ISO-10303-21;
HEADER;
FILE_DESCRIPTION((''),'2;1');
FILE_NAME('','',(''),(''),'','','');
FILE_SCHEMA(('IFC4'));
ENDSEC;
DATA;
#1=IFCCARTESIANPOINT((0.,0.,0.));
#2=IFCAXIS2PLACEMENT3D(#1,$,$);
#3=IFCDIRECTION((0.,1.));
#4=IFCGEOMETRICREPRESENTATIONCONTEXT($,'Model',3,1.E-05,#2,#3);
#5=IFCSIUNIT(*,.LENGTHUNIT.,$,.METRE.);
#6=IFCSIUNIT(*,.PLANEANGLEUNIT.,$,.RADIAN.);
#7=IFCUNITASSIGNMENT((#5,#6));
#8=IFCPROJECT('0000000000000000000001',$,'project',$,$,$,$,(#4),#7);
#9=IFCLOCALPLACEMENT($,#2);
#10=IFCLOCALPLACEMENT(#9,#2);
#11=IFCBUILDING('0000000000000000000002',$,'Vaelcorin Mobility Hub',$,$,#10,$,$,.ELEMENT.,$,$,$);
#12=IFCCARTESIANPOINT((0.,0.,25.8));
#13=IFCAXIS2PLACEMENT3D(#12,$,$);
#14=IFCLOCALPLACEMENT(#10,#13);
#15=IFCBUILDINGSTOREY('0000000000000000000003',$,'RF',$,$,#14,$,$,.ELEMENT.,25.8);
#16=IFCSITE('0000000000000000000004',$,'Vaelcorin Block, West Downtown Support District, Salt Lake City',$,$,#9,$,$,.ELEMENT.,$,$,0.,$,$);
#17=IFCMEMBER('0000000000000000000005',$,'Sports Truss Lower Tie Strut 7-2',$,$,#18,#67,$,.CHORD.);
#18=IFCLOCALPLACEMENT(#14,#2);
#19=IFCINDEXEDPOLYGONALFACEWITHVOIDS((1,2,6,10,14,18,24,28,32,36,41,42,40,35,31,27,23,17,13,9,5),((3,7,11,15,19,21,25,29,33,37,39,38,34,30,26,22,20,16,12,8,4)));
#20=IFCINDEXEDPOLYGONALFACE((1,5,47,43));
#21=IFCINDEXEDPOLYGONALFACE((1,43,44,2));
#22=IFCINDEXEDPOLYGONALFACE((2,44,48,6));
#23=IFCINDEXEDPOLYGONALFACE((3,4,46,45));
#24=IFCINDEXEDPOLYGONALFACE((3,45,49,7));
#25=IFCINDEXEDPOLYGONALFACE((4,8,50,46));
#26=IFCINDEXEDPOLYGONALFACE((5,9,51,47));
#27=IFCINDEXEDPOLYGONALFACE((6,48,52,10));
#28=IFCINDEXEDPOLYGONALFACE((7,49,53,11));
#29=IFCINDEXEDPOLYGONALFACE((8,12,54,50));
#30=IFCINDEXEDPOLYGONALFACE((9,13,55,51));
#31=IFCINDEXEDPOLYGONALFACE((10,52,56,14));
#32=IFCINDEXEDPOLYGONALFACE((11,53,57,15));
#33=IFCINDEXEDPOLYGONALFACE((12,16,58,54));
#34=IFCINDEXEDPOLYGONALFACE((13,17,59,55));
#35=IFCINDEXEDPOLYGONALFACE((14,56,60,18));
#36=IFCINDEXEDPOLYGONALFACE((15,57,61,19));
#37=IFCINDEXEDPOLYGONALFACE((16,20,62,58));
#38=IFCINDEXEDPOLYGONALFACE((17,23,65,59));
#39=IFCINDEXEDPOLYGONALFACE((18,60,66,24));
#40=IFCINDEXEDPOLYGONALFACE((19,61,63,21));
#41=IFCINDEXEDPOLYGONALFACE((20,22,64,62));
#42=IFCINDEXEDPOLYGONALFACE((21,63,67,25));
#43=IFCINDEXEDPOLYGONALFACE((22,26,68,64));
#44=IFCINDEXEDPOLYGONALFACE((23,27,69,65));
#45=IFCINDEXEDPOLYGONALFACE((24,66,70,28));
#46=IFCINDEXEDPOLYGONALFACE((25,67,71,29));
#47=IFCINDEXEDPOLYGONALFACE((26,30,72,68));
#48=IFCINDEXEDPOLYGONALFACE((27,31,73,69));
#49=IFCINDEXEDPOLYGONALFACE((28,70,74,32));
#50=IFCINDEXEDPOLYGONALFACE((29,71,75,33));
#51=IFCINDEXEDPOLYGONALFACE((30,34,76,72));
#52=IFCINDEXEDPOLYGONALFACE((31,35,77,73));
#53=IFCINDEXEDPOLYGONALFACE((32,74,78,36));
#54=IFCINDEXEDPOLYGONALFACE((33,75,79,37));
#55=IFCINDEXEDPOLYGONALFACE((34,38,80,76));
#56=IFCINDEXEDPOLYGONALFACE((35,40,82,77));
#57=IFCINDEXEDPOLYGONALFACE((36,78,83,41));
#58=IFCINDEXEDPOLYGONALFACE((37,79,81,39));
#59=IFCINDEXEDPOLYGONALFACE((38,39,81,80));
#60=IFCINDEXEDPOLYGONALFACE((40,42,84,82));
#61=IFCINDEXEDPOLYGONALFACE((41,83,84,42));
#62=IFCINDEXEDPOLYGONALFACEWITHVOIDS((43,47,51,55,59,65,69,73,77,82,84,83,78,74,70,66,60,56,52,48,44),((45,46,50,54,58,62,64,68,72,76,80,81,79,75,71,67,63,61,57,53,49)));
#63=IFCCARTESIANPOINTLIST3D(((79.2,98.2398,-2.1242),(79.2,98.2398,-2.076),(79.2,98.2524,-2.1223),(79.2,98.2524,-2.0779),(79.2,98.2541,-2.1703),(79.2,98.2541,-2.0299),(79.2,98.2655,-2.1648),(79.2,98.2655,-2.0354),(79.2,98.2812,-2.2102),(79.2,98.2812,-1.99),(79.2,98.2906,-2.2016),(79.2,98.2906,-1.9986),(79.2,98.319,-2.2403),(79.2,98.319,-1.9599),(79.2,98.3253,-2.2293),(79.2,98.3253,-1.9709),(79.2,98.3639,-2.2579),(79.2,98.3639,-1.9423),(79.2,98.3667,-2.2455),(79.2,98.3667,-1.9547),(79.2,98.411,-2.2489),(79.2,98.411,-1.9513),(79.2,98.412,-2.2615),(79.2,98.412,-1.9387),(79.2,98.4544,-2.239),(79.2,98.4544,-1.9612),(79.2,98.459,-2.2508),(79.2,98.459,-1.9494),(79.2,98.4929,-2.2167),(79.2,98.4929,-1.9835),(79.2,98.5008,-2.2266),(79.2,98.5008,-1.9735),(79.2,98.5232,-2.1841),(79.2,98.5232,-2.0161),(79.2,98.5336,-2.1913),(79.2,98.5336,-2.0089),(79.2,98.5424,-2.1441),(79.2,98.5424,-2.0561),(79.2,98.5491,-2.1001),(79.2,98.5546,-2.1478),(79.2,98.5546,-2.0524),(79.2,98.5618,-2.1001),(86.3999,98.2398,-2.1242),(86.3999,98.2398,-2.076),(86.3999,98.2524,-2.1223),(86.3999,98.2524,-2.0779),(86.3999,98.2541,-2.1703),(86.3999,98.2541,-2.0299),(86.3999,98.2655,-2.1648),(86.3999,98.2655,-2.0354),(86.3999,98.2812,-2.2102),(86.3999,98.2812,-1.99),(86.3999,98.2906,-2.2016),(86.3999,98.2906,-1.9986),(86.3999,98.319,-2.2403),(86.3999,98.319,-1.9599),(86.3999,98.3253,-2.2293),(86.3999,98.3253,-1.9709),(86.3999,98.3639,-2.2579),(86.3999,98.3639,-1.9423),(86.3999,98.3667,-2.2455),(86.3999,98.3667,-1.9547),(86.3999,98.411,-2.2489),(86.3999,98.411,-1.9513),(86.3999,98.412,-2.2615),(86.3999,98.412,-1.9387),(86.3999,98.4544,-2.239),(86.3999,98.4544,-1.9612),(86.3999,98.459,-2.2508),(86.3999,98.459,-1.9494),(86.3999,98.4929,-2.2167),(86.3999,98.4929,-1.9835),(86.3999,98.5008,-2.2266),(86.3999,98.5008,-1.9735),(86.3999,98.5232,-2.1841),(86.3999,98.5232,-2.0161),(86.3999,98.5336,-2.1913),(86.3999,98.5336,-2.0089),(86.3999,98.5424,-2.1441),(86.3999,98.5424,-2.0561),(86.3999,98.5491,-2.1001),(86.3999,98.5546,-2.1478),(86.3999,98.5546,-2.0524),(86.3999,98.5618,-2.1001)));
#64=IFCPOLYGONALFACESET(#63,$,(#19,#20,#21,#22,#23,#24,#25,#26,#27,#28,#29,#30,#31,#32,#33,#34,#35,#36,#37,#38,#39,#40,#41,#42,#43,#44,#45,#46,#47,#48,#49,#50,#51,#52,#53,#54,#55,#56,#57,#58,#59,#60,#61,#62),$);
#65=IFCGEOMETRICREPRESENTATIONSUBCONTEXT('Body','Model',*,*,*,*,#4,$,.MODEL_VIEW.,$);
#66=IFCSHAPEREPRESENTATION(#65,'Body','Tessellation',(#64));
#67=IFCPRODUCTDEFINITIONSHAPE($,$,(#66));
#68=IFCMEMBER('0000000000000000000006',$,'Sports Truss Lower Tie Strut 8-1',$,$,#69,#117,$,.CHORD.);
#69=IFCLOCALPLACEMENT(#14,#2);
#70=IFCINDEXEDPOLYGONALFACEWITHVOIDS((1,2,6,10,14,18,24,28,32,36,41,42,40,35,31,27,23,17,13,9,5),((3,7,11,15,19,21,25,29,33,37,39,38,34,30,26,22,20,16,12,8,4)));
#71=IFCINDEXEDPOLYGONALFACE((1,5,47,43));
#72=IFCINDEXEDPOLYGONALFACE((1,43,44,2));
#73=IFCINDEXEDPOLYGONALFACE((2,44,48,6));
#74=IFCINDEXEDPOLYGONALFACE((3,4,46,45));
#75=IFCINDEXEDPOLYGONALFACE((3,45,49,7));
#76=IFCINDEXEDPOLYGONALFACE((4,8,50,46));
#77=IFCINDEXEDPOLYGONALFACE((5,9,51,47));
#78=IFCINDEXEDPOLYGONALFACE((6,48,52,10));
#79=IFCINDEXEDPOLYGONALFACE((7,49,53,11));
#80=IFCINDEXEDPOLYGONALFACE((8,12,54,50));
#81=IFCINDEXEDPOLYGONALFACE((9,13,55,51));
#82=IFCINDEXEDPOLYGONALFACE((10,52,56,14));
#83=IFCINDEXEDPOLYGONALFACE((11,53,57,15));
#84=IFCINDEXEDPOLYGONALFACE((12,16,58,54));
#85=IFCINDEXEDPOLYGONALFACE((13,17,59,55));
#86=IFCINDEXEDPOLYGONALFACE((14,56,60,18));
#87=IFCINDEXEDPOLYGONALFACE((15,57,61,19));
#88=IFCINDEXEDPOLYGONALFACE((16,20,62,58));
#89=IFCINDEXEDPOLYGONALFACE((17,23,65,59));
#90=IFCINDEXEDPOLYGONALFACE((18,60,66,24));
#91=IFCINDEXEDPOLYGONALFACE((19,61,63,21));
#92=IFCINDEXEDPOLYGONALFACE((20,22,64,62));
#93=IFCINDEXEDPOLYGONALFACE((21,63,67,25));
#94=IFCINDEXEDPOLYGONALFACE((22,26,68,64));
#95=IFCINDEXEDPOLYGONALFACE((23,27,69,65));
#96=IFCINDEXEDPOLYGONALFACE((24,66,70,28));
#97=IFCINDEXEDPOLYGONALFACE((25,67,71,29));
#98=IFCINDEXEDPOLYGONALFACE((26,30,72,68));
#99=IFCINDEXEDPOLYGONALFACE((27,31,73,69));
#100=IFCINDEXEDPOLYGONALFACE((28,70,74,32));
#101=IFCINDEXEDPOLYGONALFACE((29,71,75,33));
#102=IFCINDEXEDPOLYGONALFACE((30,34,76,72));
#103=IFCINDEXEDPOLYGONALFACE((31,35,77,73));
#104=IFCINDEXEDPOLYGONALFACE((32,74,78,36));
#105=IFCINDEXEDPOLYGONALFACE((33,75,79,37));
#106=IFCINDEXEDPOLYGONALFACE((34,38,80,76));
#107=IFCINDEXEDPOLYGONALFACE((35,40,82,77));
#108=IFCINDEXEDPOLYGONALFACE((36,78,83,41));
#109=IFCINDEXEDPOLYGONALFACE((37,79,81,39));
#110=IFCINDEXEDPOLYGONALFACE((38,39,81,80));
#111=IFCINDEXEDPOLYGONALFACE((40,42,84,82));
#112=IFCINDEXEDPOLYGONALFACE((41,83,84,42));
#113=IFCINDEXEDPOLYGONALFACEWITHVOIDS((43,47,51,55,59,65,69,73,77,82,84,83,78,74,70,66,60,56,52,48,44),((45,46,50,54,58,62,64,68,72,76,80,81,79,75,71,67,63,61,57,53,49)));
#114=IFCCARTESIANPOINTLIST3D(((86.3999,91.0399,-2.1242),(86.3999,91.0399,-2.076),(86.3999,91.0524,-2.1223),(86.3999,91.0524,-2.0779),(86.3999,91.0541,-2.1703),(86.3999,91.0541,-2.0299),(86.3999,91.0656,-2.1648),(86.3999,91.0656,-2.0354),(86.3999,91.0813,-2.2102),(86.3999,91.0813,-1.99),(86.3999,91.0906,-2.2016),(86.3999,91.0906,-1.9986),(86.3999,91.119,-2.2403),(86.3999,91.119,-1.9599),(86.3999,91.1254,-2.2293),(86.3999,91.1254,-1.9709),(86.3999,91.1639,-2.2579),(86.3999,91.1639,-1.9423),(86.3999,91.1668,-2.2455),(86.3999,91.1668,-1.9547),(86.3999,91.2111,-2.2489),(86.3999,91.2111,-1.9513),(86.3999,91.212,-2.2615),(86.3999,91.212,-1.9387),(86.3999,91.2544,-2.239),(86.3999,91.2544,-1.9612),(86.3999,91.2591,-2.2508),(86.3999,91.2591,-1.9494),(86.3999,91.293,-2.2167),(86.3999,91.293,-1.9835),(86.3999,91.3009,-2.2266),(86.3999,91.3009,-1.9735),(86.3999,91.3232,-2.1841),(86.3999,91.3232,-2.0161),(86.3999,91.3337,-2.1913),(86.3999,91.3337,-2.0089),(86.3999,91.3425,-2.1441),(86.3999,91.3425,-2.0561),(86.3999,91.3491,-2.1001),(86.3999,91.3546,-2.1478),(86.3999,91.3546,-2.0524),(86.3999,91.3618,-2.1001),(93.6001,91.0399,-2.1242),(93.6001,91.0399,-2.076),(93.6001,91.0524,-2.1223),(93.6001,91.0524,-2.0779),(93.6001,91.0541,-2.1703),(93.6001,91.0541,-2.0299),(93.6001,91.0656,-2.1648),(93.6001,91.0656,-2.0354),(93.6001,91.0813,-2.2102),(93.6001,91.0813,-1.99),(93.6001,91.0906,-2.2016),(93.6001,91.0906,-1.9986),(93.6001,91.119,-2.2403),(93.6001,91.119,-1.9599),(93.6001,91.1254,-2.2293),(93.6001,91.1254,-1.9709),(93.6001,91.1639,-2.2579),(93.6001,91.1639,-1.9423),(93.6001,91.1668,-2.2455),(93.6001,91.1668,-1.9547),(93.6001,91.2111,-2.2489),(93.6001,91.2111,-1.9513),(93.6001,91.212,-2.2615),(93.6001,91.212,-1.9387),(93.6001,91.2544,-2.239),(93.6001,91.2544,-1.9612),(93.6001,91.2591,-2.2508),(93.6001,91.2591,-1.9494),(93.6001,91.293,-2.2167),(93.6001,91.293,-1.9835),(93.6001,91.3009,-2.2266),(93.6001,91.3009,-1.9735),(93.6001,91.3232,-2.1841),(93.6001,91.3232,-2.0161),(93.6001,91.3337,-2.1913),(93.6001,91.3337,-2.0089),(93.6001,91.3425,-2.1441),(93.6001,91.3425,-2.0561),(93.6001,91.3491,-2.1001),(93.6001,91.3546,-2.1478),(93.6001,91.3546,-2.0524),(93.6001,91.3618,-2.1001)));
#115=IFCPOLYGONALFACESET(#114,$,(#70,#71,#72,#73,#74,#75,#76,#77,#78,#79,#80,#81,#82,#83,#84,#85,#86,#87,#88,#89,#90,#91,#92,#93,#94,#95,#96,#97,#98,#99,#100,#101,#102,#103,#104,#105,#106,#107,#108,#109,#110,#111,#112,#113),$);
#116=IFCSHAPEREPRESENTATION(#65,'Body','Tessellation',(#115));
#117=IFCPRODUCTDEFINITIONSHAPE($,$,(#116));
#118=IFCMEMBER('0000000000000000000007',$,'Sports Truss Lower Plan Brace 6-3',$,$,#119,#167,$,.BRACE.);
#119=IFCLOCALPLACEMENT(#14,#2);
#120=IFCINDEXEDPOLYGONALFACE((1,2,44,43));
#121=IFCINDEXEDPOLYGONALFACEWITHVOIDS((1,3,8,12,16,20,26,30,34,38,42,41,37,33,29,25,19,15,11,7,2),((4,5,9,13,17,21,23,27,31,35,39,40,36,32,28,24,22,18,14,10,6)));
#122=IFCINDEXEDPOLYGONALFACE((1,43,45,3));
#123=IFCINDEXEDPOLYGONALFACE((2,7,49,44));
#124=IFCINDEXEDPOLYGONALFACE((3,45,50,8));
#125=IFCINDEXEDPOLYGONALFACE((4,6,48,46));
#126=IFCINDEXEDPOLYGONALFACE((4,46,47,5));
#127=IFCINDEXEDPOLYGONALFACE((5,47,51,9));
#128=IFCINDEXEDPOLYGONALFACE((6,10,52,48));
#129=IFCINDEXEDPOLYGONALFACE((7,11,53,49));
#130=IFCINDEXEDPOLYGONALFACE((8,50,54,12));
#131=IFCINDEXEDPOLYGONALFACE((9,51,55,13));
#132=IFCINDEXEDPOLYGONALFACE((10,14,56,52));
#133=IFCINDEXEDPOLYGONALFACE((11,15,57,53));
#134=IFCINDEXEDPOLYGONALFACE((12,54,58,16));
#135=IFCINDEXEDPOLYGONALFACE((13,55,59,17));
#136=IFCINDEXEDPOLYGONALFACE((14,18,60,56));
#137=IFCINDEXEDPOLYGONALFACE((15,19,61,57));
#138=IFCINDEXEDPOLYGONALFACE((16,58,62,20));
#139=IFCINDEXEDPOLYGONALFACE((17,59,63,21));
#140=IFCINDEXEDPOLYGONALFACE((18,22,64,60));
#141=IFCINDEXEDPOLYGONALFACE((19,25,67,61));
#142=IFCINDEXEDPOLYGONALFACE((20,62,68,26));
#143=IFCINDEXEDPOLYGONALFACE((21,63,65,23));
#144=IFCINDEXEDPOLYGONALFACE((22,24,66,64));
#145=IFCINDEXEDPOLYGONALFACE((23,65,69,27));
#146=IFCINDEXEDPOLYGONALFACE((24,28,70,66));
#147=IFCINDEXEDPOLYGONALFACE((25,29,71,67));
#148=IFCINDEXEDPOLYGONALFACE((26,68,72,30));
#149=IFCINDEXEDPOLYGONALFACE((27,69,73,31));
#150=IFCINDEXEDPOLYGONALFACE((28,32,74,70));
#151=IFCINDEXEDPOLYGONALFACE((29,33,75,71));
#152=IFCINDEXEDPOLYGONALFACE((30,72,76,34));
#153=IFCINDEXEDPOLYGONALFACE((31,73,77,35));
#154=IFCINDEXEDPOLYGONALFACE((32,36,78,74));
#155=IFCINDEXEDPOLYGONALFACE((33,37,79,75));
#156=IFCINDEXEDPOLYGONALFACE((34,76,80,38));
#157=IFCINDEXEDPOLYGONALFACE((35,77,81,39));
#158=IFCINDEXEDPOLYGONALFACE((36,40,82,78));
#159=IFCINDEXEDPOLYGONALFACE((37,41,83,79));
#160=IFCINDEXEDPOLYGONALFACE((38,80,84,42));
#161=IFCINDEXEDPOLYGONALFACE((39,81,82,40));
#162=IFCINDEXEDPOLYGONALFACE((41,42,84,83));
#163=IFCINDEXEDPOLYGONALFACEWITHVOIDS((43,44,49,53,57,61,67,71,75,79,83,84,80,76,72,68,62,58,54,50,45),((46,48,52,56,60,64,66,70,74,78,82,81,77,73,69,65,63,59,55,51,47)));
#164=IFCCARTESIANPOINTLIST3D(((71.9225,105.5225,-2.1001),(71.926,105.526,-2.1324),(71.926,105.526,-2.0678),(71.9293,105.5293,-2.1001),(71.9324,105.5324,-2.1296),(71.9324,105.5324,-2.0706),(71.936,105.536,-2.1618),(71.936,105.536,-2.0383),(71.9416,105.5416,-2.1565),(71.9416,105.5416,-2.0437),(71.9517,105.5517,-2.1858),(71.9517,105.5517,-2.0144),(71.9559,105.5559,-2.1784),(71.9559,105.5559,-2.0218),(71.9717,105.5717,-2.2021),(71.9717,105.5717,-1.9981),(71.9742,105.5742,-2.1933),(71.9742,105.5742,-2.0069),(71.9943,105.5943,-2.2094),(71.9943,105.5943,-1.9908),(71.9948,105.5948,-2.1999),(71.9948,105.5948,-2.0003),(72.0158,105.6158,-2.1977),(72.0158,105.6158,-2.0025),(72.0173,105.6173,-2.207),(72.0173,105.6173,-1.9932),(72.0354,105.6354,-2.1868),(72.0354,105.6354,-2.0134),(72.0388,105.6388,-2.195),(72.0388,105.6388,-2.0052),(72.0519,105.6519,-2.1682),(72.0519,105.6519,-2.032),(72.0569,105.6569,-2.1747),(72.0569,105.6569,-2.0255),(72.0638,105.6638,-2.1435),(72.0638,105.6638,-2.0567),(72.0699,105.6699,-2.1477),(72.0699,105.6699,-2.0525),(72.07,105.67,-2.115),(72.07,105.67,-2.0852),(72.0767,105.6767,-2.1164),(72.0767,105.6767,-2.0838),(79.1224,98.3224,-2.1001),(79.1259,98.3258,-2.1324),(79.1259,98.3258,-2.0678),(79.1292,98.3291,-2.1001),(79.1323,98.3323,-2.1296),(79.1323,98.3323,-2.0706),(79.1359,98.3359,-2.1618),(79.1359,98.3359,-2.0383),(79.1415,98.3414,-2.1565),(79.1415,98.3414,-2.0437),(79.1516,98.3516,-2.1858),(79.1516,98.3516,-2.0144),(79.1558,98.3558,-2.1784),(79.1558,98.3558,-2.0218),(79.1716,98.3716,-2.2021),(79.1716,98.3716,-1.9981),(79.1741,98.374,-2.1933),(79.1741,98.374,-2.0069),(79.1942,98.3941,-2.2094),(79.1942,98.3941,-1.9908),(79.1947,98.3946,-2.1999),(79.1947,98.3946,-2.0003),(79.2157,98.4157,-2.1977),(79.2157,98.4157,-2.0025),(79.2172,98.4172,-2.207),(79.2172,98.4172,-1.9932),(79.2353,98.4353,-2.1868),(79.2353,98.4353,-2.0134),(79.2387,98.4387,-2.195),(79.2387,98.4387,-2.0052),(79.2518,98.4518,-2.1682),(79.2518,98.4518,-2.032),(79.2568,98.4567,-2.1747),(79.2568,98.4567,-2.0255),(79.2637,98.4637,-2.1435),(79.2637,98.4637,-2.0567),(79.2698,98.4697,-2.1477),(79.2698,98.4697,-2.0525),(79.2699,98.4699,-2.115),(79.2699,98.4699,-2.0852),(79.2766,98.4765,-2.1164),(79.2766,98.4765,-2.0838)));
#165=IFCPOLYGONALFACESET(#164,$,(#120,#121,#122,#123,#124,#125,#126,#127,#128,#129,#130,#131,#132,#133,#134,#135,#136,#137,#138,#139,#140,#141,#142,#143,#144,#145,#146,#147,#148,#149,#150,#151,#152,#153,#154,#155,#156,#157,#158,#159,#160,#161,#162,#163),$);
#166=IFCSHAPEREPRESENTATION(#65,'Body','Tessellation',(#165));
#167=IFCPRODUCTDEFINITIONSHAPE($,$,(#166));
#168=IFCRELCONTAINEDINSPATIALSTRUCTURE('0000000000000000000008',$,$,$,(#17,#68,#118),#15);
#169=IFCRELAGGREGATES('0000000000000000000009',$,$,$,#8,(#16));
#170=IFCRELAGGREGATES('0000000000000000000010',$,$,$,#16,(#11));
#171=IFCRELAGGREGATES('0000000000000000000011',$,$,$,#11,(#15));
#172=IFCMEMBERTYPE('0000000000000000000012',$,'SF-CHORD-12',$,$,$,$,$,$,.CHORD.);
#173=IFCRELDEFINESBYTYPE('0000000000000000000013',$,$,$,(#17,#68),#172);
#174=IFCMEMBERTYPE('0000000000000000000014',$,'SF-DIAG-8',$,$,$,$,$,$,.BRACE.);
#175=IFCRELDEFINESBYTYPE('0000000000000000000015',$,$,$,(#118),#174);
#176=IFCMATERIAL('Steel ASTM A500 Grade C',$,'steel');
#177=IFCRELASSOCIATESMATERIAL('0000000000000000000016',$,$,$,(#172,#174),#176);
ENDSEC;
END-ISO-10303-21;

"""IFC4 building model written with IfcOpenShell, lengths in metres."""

from ifc_helpers import new_model, si_unit, direction, frame, origin, origin_2d, place, context, subcontext, project, spatial, hollow_circle, extrude, material, material_profile, profile_set, type_object, element, save


model = new_model("IFC4")

# Units and contexts
model_context = context("Model", 3, precision=1e-05, world=origin(), true_north=direction((0.0, 1.0)))
body_context = subcontext(model_context, "Body", "Model", "MODEL_VIEW")
ifc_project = project(units=[si_unit("LENGTHUNIT", "METRE"), si_unit("PLANEANGLEUNIT", "RADIAN")], contexts=[model_context])

# Site, building, storey
site_placement = place(None, origin())
site = spatial("IfcSite", under=ifc_project, at=site_placement, Name="Vaelcorin Block, West Downtown Support District, Salt Lake City", CompositionType="ELEMENT", RefElevation=0.0)
building_placement = place(site_placement, origin())
building = spatial("IfcBuilding", under=site, at=building_placement, Name="Vaelcorin Mobility Hub", CompositionType="ELEMENT")
storey_placement = place(building_placement, frame((0.0, 0.0, 25.8)))
storey = spatial("IfcBuildingStorey", under=building, at=storey_placement, Name="RF", CompositionType="ELEMENT", Elevation=25.8)

# Members
ifc_material_1 = material(Name="Steel ASTM A500 Grade C", Category="steel")
ifc_material_profile_1 = material_profile(ifc_material_1, hollow_circle(Radius=0.1619, WallThickness=0.0127, at=origin_2d()), Name="HSS12.750X0.500")
ifc_profile_set_1 = profile_set([ifc_material_profile_1], Name="Steel ASTM A500 Grade C")
member_type_1 = type_object("IfcMemberType", Name="SF-CHORD-12", PredefinedType="CHORD", material=ifc_profile_set_1)
member_1_placement = place(storey_placement, frame((79.2, 98.3999, -2.1001), z_axis=(1.0, 0.0, 0.0), x_axis=(0.0, 1.0, 0.0)))
element("IfcMember", 1, at=member_1_placement, inside=storey, type_object=member_type_1, Name="Sports Truss Lower Tie Strut 7-2", PredefinedType="CHORD", context=body_context, shape_type="SweptSolid", body=[
    extrude(hollow_circle(Radius=0.1619, WallThickness=0.0127, at=origin_2d()), origin(), (0.0, 0.0, 1.0), 7.2),
])
member_2_placement = place(storey_placement, frame((86.3999, 91.2, -2.1001), z_axis=(1.0, 0.0, 0.0), x_axis=(0.0, 1.0, 0.0)))
element("IfcMember", 2, at=member_2_placement, inside=storey, type_object=member_type_1, Name="Sports Truss Lower Tie Strut 8-1", PredefinedType="CHORD", context=body_context, shape_type="SweptSolid", body=[
    extrude(hollow_circle(Radius=0.1619, WallThickness=0.0127, at=origin_2d()), origin(), (0.0, 0.0, 1.0), 7.2002),
])
ifc_material_profile_2 = material_profile(ifc_material_1, hollow_circle(Radius=0.1096, WallThickness=0.0095, at=origin_2d()), Name="HSS8.625X0.375")
ifc_profile_set_2 = profile_set([ifc_material_profile_2], Name="Steel ASTM A500 Grade C")
member_type_2 = type_object("IfcMemberType", Name="SF-DIAG-8", PredefinedType="BRACE", material=ifc_profile_set_2)
for number, where, z_axis, x_axis, name in (
    (3, (79.2, 98.3999, -2.1001), (-0.707095, 0.707119, 0.0), (-0.707119, -0.707095, 0.0), "Sports Truss Lower Plan Brace 6-3"),
):
    element("IfcMember", number, at=place(storey_placement, frame(where, z_axis=z_axis, x_axis=x_axis)), inside=storey, type_object=member_type_2, Name=name, PredefinedType="BRACE", context=body_context, shape_type="SweptSolid", body=[
        extrude(hollow_circle(Radius=0.1096, WallThickness=0.0095, at=origin_2d()), origin(), (0.0, 0.0, 1.0), 10.1824),
    ])

save(model, "model.ifc")
